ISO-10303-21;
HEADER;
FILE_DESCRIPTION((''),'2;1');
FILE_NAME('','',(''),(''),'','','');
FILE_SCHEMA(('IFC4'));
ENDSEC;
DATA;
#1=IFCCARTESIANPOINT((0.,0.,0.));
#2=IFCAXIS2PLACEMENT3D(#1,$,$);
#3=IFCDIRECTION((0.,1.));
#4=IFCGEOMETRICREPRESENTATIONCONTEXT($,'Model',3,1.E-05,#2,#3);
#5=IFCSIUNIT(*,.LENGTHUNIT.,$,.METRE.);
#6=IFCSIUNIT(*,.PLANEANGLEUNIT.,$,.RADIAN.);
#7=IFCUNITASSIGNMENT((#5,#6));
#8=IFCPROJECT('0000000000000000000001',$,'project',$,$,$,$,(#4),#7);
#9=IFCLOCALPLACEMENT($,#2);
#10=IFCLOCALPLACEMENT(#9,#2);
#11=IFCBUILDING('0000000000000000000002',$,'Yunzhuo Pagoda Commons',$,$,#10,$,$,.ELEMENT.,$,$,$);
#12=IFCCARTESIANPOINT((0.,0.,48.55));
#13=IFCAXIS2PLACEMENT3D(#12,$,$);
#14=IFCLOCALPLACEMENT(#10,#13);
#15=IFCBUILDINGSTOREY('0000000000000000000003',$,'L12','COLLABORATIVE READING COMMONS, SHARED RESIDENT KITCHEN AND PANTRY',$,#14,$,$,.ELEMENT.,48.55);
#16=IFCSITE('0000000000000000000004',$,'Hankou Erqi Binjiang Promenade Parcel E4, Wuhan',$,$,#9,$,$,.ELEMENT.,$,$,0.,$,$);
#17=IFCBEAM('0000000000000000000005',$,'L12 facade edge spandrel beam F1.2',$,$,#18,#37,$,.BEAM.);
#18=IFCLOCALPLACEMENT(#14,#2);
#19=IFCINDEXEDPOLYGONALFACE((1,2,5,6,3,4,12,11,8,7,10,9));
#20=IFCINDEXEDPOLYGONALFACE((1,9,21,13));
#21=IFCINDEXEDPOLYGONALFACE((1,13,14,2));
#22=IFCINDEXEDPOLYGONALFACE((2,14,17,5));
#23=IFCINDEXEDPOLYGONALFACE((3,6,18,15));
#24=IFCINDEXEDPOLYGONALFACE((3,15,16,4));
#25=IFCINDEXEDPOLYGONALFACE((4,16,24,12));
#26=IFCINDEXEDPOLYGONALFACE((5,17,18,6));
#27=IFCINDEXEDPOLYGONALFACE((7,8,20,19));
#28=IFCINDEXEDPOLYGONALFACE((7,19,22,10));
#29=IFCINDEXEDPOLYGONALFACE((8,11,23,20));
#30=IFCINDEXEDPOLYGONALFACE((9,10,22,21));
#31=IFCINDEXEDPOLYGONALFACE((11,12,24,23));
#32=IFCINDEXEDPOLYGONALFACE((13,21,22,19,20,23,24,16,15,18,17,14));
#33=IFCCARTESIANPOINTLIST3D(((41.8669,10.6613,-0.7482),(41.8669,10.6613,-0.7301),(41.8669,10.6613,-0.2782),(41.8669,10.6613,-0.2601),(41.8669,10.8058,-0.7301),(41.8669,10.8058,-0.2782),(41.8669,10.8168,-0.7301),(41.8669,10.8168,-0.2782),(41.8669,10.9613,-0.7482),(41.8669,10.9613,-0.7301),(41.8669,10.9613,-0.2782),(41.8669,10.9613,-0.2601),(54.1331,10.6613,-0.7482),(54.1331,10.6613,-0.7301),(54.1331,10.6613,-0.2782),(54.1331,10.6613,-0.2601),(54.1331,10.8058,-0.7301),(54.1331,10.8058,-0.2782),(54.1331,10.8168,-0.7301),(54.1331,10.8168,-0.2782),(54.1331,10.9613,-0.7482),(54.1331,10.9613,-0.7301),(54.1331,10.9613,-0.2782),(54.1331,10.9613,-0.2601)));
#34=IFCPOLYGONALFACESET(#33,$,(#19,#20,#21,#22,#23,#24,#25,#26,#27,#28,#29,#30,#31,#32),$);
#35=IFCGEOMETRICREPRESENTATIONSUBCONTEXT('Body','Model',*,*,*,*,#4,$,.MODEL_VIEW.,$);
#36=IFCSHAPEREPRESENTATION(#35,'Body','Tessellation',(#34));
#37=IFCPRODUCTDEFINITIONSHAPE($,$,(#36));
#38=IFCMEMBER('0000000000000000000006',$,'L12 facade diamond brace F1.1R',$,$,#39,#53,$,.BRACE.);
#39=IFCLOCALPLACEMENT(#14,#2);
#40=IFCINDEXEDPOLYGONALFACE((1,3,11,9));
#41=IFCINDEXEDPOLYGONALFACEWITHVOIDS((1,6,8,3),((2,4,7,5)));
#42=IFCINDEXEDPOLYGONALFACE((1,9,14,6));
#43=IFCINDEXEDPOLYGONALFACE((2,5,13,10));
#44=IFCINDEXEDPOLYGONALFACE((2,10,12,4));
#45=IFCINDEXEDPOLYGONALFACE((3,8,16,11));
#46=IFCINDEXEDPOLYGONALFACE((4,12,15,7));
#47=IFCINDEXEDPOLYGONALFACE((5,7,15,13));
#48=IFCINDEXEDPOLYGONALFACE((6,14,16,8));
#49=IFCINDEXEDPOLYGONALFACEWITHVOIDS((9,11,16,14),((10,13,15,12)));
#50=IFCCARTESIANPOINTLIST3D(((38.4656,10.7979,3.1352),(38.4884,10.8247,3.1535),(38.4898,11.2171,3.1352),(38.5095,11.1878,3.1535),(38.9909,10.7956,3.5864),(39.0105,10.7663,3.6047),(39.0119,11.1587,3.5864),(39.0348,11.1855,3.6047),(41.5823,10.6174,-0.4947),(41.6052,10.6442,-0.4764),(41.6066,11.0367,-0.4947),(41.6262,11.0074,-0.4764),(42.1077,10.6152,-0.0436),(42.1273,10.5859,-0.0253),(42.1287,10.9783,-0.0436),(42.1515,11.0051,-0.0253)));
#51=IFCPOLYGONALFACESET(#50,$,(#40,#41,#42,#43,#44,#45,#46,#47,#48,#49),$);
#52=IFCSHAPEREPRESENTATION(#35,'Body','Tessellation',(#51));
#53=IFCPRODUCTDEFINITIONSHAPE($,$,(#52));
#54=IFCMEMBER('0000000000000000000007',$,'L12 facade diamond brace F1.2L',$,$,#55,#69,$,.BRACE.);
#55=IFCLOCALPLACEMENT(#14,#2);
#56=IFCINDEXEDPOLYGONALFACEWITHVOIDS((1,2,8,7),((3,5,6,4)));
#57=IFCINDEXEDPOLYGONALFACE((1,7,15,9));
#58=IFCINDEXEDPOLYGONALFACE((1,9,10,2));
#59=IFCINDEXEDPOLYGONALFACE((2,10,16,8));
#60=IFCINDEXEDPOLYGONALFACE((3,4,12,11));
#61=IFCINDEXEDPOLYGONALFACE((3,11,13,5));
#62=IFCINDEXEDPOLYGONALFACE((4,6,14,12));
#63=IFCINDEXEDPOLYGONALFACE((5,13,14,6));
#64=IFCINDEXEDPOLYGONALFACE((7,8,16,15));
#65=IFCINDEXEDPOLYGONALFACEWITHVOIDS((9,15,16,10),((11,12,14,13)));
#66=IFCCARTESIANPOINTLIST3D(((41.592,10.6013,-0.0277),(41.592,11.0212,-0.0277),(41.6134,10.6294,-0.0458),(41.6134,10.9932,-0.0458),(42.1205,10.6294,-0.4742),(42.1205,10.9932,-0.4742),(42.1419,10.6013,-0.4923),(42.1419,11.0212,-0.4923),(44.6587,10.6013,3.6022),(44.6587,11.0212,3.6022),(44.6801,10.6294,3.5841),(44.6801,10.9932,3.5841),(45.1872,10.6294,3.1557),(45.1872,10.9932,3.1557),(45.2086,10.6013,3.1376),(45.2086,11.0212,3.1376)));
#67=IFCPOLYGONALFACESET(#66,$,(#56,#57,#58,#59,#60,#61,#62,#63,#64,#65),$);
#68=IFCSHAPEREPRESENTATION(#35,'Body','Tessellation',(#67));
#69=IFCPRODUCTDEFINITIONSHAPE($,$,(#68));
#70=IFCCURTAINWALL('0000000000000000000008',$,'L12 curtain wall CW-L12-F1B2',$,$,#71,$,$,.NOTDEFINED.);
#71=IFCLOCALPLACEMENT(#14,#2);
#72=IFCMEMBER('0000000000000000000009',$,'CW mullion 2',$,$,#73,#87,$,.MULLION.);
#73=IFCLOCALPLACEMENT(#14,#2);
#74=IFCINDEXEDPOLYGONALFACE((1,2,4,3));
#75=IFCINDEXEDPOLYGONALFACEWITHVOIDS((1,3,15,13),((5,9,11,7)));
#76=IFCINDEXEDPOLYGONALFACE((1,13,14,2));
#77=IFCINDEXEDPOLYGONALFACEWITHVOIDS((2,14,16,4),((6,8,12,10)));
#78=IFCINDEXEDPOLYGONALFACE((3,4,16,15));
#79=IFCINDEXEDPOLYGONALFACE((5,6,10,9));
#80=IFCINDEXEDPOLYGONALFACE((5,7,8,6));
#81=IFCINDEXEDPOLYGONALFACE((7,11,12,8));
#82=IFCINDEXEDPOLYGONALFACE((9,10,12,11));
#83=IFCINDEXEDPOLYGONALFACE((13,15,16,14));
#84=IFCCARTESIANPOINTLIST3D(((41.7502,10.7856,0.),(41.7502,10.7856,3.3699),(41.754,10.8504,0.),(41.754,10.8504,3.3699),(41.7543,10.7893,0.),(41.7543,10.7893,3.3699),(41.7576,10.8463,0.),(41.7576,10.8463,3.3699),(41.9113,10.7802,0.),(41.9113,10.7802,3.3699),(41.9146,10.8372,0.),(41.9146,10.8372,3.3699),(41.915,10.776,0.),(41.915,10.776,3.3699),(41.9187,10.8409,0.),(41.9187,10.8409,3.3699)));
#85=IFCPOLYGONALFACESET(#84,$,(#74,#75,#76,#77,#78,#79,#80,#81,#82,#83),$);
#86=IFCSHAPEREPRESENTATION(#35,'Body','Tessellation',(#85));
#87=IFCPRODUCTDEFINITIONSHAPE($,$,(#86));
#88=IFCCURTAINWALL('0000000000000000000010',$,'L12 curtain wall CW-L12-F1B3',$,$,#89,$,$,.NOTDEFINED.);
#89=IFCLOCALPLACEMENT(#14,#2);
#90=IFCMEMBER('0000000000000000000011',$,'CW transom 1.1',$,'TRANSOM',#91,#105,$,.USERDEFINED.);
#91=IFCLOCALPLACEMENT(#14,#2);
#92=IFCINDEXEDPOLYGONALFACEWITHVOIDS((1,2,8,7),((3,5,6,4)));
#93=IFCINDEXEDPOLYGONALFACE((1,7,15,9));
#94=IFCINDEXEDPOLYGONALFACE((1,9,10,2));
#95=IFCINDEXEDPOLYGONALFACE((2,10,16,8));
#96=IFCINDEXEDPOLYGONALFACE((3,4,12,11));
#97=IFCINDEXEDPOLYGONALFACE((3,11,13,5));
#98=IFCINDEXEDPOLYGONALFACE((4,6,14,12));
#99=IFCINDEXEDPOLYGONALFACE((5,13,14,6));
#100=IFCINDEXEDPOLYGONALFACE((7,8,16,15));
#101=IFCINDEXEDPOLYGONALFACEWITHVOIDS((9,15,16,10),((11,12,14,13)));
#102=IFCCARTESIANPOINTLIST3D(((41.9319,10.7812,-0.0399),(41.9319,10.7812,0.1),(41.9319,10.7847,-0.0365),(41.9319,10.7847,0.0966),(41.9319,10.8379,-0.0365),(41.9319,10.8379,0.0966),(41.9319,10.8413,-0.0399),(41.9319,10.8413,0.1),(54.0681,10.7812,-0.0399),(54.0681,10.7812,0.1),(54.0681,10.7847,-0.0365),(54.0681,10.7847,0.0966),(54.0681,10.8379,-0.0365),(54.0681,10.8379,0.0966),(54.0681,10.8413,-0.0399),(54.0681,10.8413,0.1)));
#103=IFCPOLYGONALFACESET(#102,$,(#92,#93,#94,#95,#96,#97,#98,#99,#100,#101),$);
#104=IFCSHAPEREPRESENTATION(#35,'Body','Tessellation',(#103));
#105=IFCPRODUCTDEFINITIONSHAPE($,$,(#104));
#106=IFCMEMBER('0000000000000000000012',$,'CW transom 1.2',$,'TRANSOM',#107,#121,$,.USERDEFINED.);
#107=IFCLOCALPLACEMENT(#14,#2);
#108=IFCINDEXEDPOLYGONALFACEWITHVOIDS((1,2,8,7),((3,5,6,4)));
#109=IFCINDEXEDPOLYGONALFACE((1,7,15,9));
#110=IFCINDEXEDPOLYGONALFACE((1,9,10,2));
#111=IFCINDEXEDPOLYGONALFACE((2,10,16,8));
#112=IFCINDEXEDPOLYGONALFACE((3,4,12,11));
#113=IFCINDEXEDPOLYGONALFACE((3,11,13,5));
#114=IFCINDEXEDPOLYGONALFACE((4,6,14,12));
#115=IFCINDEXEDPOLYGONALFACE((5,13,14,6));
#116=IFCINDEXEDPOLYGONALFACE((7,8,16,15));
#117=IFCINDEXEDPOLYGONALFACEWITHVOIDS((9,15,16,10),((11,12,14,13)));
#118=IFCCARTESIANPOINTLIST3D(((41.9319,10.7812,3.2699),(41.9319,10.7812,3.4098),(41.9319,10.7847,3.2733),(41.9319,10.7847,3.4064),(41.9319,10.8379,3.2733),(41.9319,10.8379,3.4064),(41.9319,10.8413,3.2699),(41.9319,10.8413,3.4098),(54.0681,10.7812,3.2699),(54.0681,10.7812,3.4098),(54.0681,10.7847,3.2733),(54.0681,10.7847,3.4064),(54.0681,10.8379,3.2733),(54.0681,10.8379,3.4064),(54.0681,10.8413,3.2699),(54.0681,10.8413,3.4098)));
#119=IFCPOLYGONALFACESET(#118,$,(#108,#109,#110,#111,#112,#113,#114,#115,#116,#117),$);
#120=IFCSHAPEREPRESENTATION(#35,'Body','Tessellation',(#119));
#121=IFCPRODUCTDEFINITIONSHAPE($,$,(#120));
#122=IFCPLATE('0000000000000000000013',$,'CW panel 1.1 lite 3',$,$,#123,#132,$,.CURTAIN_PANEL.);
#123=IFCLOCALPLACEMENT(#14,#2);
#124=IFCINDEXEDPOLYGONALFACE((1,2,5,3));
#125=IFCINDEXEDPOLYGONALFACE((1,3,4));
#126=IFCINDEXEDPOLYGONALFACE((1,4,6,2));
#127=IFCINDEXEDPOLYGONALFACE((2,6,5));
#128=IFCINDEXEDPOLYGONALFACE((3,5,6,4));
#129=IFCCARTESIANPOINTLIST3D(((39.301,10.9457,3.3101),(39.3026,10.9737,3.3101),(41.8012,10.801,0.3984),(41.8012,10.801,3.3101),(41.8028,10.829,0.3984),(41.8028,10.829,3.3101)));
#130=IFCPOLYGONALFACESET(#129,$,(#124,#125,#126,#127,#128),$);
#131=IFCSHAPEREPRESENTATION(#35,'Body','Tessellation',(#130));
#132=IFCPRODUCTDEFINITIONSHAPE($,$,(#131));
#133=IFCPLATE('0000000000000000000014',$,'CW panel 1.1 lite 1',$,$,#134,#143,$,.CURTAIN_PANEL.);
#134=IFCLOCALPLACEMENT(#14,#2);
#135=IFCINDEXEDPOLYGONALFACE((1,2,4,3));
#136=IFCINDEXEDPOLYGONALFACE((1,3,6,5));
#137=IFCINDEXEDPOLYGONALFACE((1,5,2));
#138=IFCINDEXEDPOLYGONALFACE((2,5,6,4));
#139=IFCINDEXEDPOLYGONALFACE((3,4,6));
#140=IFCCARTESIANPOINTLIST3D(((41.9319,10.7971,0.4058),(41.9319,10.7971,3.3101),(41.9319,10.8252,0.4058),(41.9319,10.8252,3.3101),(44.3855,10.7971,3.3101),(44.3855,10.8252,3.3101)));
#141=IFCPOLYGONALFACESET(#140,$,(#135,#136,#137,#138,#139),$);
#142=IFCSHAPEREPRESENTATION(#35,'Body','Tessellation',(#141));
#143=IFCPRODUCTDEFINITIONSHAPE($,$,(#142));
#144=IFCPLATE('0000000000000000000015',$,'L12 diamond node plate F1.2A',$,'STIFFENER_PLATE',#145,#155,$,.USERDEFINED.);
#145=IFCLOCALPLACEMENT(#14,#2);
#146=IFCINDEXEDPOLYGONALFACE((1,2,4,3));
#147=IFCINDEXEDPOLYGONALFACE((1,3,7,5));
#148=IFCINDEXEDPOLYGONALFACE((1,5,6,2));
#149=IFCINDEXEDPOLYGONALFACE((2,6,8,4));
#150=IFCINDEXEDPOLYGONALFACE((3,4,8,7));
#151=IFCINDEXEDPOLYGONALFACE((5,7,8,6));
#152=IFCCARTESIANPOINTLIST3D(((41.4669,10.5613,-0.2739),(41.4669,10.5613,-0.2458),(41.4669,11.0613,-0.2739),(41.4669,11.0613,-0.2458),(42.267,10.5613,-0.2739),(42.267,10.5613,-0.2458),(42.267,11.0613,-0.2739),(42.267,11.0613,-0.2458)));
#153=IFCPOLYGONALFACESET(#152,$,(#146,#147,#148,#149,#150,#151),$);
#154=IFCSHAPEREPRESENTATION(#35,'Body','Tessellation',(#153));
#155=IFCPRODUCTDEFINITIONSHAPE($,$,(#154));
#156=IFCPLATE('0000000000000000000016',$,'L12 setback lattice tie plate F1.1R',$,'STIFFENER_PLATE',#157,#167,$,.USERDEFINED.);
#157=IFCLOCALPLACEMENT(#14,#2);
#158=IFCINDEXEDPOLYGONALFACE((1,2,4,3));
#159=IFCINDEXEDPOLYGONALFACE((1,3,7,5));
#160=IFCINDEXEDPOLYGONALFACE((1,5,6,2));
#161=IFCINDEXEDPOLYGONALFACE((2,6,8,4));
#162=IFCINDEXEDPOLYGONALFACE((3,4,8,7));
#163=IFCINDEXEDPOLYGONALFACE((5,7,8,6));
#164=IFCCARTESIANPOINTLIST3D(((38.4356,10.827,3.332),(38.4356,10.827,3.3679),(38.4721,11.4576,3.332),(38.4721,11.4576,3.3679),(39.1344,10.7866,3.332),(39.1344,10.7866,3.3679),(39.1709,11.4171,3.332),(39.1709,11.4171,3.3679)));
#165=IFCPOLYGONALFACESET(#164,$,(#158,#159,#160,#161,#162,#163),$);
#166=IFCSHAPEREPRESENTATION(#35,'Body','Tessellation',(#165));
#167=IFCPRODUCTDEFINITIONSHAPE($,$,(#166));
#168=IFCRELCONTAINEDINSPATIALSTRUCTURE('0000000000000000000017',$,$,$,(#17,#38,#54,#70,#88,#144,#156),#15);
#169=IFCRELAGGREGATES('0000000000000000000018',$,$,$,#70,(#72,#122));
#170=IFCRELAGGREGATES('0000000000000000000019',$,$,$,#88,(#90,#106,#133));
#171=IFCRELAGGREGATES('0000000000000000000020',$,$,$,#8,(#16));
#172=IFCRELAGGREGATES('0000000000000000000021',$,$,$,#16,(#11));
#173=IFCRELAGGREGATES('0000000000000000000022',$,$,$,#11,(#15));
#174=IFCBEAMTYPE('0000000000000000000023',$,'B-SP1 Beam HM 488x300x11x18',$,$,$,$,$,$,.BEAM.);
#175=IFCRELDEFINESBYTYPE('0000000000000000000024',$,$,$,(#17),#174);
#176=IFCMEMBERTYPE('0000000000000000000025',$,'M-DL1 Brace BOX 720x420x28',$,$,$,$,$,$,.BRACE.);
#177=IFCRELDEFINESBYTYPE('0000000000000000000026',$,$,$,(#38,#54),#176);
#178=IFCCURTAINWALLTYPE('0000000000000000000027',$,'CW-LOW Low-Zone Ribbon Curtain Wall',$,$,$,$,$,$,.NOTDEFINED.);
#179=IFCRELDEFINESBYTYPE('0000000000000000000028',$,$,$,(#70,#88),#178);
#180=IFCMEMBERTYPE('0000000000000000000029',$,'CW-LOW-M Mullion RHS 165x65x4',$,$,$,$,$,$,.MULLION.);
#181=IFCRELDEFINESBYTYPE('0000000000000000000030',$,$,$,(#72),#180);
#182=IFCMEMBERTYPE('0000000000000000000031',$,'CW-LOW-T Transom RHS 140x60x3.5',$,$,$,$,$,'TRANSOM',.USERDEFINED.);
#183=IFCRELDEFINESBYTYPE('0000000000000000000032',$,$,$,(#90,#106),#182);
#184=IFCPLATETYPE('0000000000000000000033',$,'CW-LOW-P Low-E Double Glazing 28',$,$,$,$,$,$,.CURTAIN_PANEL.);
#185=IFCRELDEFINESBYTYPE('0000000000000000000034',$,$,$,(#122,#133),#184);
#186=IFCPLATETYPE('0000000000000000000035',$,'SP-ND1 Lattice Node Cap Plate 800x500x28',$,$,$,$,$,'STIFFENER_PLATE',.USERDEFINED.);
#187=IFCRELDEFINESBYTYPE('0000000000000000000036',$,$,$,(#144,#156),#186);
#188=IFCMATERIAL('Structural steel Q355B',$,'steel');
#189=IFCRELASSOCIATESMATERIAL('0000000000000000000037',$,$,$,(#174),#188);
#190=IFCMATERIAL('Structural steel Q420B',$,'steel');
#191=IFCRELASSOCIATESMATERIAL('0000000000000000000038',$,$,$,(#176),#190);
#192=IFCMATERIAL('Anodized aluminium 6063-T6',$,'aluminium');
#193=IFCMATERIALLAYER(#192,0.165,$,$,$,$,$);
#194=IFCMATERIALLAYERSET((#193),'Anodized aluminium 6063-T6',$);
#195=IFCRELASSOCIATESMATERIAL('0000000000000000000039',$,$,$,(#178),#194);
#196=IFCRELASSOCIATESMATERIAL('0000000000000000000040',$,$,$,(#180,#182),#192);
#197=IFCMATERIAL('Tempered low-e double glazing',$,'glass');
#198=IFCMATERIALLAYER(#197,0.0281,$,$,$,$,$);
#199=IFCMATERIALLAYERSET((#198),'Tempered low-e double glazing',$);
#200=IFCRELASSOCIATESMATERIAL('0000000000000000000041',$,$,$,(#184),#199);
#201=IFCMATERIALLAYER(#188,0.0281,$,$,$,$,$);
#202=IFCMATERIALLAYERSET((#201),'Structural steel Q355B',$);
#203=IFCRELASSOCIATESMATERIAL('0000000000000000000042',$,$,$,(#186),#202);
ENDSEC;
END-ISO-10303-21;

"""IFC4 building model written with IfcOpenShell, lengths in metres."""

from ifc_helpers import new_model, si_unit, direction, frame, origin, origin_2d, place, context, subcontext, project, spatial, polyline, rectangle, hollow_rectangle, i_section, outline, extrude, source, transform, mapped, material, layer, layer_set, material_profile, profile_set, type_object, element, aggregate, save


model = new_model("IFC4")

# Units and contexts
model_context = context("Model", 3, precision=1e-05, world=origin(), true_north=direction((0.0, 1.0)))
body_context = subcontext(model_context, "Body", "Model", "MODEL_VIEW")
ifc_project = project(units=[si_unit("LENGTHUNIT", "METRE"), si_unit("PLANEANGLEUNIT", "RADIAN")], contexts=[model_context])

# Site, building, storey
site_placement = place(None, origin())
site = spatial("IfcSite", under=ifc_project, at=site_placement, Name="Hankou Erqi Binjiang Promenade Parcel E4, Wuhan", CompositionType="ELEMENT", RefElevation=0.0)
building_placement = place(site_placement, origin())
building = spatial("IfcBuilding", under=site, at=building_placement, Name="Yunzhuo Pagoda Commons", CompositionType="ELEMENT")
storey_placement = place(building_placement, frame((0.0, 0.0, 48.55)))
storey = spatial("IfcBuildingStorey", under=building, at=storey_placement, Name="L12", Description="COLLABORATIVE READING COMMONS, SHARED RESIDENT KITCHEN AND PANTRY", CompositionType="ELEMENT", Elevation=48.55)

# Shared definitions
ifc_material_1 = material(Name="Structural steel Q420B", Category="steel")

# Beam
ifc_material_2 = material(Name="Structural steel Q355B", Category="steel")
ifc_material_profile_1 = material_profile(ifc_material_2, i_section(OverallWidth=0.3, OverallDepth=0.488, WebThickness=0.011, FlangeThickness=0.0181, at=origin_2d()), Name="Structural steel Q355B")
ifc_profile_set_1 = profile_set([ifc_material_profile_1], Name="Structural steel Q355B")
beam_type_1 = type_object("IfcBeamType", Name="B-SP1 Beam HM 488x300x11x18", PredefinedType="BEAM", material=ifc_profile_set_1)
shared_shape_1 = source(origin(), body_context, "Body", "SweptSolid", [
    extrude(i_section(OverallWidth=0.3, OverallDepth=0.488, WebThickness=0.011, FlangeThickness=0.0181, at=origin_2d()), origin(), (0.0, 0.0, 1.0), 12.2661),
])
beam_1_placement = place(storey_placement, frame((41.8669, 10.8113, -0.5042), z_axis=(1.0, 0.0, 0.0), x_axis=(0.0, 1.0, 0.0)))
element("IfcBeam", 1, at=beam_1_placement, inside=storey, type_object=beam_type_1, Name="L12 facade edge spandrel beam F1.2", PredefinedType="BEAM", context=body_context, shape_type="MappedRepresentation", body=[
    mapped(shared_shape_1, transform((0.0, 0.0, 0.0), scale=1.0)),
])

# Members
ifc_material_profile_2 = material_profile(ifc_material_1, hollow_rectangle(XDim=0.4199, YDim=0.72, WallThickness=0.0281, at=origin_2d()), Name="Structural steel Q420B")
ifc_profile_set_2 = profile_set([ifc_material_profile_2], Name="Structural steel Q420B")
member_type_1 = type_object("IfcMemberType", Name="M-DL1 Brace BOX 720x420x28", PredefinedType="BRACE", material=ifc_profile_set_2)
shared_shape_2 = source(origin(), body_context, "Body", "SweptSolid", [
    extrude(hollow_rectangle(XDim=0.4199, YDim=0.72, WallThickness=0.0281, at=origin_2d()), origin(), (0.0, 0.0, 1.0), 4.7878),
])
member_1_placement = place(storey_placement, frame((41.8669, 10.8113, -0.26), z_axis=(-0.650976, 0.037684, 0.758163), x_axis=(-0.057791, -0.998329, 0.0)))
element("IfcMember", 2, at=member_1_placement, inside=storey, type_object=member_type_1, Name="L12 facade diamond brace F1.1R", PredefinedType="BRACE", context=body_context, shape_type="MappedRepresentation", body=[
    mapped(shared_shape_2, transform((0.0, 0.0, 0.0), scale=1.0)),
])
shared_shape_3 = source(origin(), body_context, "Body", "SweptSolid", [
    extrude(hollow_rectangle(XDim=0.4199, YDim=0.72, WallThickness=0.0281, at=origin_2d()), origin(), (0.0, 0.0, 1.0), 4.752),
])
member_2_placement = place(storey_placement, frame((41.8669, 10.8113, -0.26), z_axis=(0.645355, 0.0, 0.763883), x_axis=(0.0, 1.0, 0.0)))
element("IfcMember", 3, at=member_2_placement, inside=storey, type_object=member_type_1, Name="L12 facade diamond brace F1.2L", PredefinedType="BRACE", context=body_context, shape_type="MappedRepresentation", body=[
    mapped(shared_shape_3, transform((0.0, 0.0, 0.0), scale=1.0)),
])

# Curtain wall, member
ifc_material_3 = material(Name="Anodized aluminium 6063-T6", Category="aluminium")
ifc_layer_1 = layer(ifc_material_3, 0.165)
ifc_layer_set_1 = layer_set([ifc_layer_1], Name="Anodized aluminium 6063-T6")
curtain_wall_type = type_object("IfcCurtainWallType", Name="CW-LOW Low-Zone Ribbon Curtain Wall", PredefinedType="NOTDEFINED", material=ifc_layer_set_1)
curtain_wall_1_placement = place(storey_placement, origin())
curtain_wall_1 = element("IfcCurtainWall", 4, at=curtain_wall_1_placement, inside=storey, type_object=curtain_wall_type, Name="L12 curtain wall CW-L12-F1B2", PredefinedType="NOTDEFINED")
ifc_material_profile_3 = material_profile(ifc_material_3, hollow_rectangle(XDim=0.0649, YDim=0.165, WallThickness=0.0039, at=origin_2d()), Name="Anodized aluminium 6063-T6")
ifc_profile_set_3 = profile_set([ifc_material_profile_3], Name="Anodized aluminium 6063-T6")
member_type_2 = type_object("IfcMemberType", Name="CW-LOW-M Mullion RHS 165x65x4", PredefinedType="MULLION", material=ifc_profile_set_3)
shared_shape_4 = source(origin(), body_context, "Body", "SweptSolid", [
    extrude(hollow_rectangle(XDim=0.0649, YDim=0.165, WallThickness=0.0039, at=origin_2d()), origin(), (0.0, 0.0, 1.0), 3.3699),
])
member_3_placement = place(storey_placement, frame((41.8345, 10.8132, 0.0), z_axis=(0.0, 0.0, 1.0), x_axis=(0.057791, 0.998329, 0.0)))
member_3 = element("IfcMember", 5, at=member_3_placement, type_object=member_type_2, Name="CW mullion 2", PredefinedType="MULLION", context=body_context, shape_type="MappedRepresentation", body=[
    mapped(shared_shape_4, transform((0.0, 0.0, 0.0), scale=1.0)),
])

# Curtain wall, members
curtain_wall_2_placement = place(storey_placement, origin())
curtain_wall_2 = element("IfcCurtainWall", 6, at=curtain_wall_2_placement, inside=storey, type_object=curtain_wall_type, Name="L12 curtain wall CW-L12-F1B3", PredefinedType="NOTDEFINED")
ifc_material_profile_4 = material_profile(ifc_material_3, hollow_rectangle(XDim=0.0601, YDim=0.1399, WallThickness=0.0034, at=origin_2d()), Name="Anodized aluminium 6063-T6")
ifc_profile_set_4 = profile_set([ifc_material_profile_4], Name="Anodized aluminium 6063-T6")
member_type_3 = type_object("IfcMemberType", Name="CW-LOW-T Transom RHS 140x60x3.5", ElementType="TRANSOM", PredefinedType="USERDEFINED", material=ifc_profile_set_4)
shared_shape_5 = source(origin(), body_context, "Body", "SweptSolid", [
    extrude(hollow_rectangle(XDim=0.0601, YDim=0.1399, WallThickness=0.0034, at=origin_2d()), origin(), (0.0, 0.0, 1.0), 12.1362),
])
member_4_placement = place(storey_placement, frame((41.9319, 10.8113, 0.03), z_axis=(1.0, 0.0, 0.0), x_axis=(0.0, 1.0, 0.0)))
member_4 = element("IfcMember", 7, at=member_4_placement, type_object=member_type_3, Name="CW transom 1.1", ObjectType="TRANSOM", PredefinedType="USERDEFINED", context=body_context, shape_type="MappedRepresentation", body=[
    mapped(shared_shape_5, transform((0.0, 0.0, 0.0), scale=1.0)),
])
member_5_placement = place(storey_placement, frame((41.9319, 10.8113, 3.3398), z_axis=(1.0, 0.0, 0.0), x_axis=(0.0, 1.0, 0.0)))
member_5 = element("IfcMember", 8, at=member_5_placement, type_object=member_type_3, Name="CW transom 1.2", ObjectType="TRANSOM", PredefinedType="USERDEFINED", context=body_context, shape_type="MappedRepresentation", body=[
    mapped(shared_shape_5, transform((0.0, 0.0, 0.0), scale=1.0)),
])

# Plates
ifc_material_4 = material(Name="Tempered low-e double glazing", Category="glass")
ifc_layer_2 = layer(ifc_material_4, 0.0281)
ifc_layer_set_2 = layer_set([ifc_layer_2], Name="Tempered low-e double glazing")
plate_type_1 = type_object("IfcPlateType", Name="CW-LOW-P Low-E Double Glazing 28", PredefinedType="CURTAIN_PANEL", material=ifc_layer_set_2)
plate_1_placement = place(storey_placement, frame((40.5527, 10.9014, 1.8542), z_axis=(-0.057791, -0.998329, 0.0), x_axis=(0.998329, -0.057791, 0.0)))
plate_1 = element("IfcPlate", 9, at=plate_1_placement, type_object=plate_type_1, Name="CW panel 1.1 lite 3", PredefinedType="CURTAIN_PANEL", context=body_context, shape_type="SweptSolid", body=[
    extrude(outline(polyline([(-1.2522, 1.4558), (1.2522, -1.4558), (1.2522, 1.4558), (-1.2522, 1.4558)])), origin(), (0.0, 0.0, 1.0), 0.0281),
])
aggregate(curtain_wall_1, [member_3, plate_1])
plate_2_placement = place(storey_placement, frame((43.1587, 10.8252, 1.8579), z_axis=(0.0, -1.0, 0.0), x_axis=(1.0, 0.0, 0.0)))
plate_2 = element("IfcPlate", 10, at=plate_2_placement, type_object=plate_type_1, Name="CW panel 1.1 lite 1", PredefinedType="CURTAIN_PANEL", context=body_context, shape_type="SweptSolid", body=[
    extrude(outline(polyline([(-1.2268, -1.4521), (1.2268, 1.4521), (-1.2268, 1.4521), (-1.2268, -1.4521)])), origin(), (0.0, 0.0, 1.0), 0.0281),
])
aggregate(curtain_wall_2, [member_4, member_5, plate_2])

# Plates
ifc_layer_3 = layer(ifc_material_2, 0.0281)
ifc_layer_set_3 = layer_set([ifc_layer_3], Name="Structural steel Q355B")
plate_type_2 = type_object("IfcPlateType", Name="SP-ND1 Lattice Node Cap Plate 800x500x28", ElementType="STIFFENER_PLATE", PredefinedType="USERDEFINED", material=ifc_layer_set_3)
shared_shape_6 = source(origin(), body_context, "Body", "SweptSolid", [
    extrude(rectangle(XDim=0.8, YDim=0.5, at=origin_2d()), origin(), (0.0, 0.0, 1.0), 0.0281),
])
plate_3_placement = place(storey_placement, frame((41.8669, 10.8113, -0.2739), z_axis=(0.0, 0.0, 1.0), x_axis=(1.0, 0.0, 0.0)))
element("IfcPlate", 11, at=plate_3_placement, inside=storey, type_object=plate_type_2, Name="L12 diamond node plate F1.2A", ObjectType="STIFFENER_PLATE", PredefinedType="USERDEFINED", context=body_context, shape_type="MappedRepresentation", body=[
    mapped(shared_shape_6, transform((0.0, 0.0, 0.0), scale=1.0)),
])
shared_shape_7 = source(origin(), body_context, "Body", "SweptSolid", [
    extrude(rectangle(XDim=0.7, YDim=0.6316, at=origin_2d()), origin(), (0.0, 0.0, 1.0), 0.0359),
])
plate_4_placement = place(storey_placement, frame((38.8032, 11.1221, 3.332), z_axis=(0.0, 0.0, 1.0), x_axis=(0.998329, -0.057791, 0.0)))
element("IfcPlate", 12, at=plate_4_placement, inside=storey, type_object=plate_type_2, Name="L12 setback lattice tie plate F1.1R", ObjectType="STIFFENER_PLATE", PredefinedType="USERDEFINED", context=body_context, shape_type="MappedRepresentation", body=[
    mapped(shared_shape_7, transform((0.0, 0.0, 0.0), scale=1.0)),
])

save(model, "model.ifc")
